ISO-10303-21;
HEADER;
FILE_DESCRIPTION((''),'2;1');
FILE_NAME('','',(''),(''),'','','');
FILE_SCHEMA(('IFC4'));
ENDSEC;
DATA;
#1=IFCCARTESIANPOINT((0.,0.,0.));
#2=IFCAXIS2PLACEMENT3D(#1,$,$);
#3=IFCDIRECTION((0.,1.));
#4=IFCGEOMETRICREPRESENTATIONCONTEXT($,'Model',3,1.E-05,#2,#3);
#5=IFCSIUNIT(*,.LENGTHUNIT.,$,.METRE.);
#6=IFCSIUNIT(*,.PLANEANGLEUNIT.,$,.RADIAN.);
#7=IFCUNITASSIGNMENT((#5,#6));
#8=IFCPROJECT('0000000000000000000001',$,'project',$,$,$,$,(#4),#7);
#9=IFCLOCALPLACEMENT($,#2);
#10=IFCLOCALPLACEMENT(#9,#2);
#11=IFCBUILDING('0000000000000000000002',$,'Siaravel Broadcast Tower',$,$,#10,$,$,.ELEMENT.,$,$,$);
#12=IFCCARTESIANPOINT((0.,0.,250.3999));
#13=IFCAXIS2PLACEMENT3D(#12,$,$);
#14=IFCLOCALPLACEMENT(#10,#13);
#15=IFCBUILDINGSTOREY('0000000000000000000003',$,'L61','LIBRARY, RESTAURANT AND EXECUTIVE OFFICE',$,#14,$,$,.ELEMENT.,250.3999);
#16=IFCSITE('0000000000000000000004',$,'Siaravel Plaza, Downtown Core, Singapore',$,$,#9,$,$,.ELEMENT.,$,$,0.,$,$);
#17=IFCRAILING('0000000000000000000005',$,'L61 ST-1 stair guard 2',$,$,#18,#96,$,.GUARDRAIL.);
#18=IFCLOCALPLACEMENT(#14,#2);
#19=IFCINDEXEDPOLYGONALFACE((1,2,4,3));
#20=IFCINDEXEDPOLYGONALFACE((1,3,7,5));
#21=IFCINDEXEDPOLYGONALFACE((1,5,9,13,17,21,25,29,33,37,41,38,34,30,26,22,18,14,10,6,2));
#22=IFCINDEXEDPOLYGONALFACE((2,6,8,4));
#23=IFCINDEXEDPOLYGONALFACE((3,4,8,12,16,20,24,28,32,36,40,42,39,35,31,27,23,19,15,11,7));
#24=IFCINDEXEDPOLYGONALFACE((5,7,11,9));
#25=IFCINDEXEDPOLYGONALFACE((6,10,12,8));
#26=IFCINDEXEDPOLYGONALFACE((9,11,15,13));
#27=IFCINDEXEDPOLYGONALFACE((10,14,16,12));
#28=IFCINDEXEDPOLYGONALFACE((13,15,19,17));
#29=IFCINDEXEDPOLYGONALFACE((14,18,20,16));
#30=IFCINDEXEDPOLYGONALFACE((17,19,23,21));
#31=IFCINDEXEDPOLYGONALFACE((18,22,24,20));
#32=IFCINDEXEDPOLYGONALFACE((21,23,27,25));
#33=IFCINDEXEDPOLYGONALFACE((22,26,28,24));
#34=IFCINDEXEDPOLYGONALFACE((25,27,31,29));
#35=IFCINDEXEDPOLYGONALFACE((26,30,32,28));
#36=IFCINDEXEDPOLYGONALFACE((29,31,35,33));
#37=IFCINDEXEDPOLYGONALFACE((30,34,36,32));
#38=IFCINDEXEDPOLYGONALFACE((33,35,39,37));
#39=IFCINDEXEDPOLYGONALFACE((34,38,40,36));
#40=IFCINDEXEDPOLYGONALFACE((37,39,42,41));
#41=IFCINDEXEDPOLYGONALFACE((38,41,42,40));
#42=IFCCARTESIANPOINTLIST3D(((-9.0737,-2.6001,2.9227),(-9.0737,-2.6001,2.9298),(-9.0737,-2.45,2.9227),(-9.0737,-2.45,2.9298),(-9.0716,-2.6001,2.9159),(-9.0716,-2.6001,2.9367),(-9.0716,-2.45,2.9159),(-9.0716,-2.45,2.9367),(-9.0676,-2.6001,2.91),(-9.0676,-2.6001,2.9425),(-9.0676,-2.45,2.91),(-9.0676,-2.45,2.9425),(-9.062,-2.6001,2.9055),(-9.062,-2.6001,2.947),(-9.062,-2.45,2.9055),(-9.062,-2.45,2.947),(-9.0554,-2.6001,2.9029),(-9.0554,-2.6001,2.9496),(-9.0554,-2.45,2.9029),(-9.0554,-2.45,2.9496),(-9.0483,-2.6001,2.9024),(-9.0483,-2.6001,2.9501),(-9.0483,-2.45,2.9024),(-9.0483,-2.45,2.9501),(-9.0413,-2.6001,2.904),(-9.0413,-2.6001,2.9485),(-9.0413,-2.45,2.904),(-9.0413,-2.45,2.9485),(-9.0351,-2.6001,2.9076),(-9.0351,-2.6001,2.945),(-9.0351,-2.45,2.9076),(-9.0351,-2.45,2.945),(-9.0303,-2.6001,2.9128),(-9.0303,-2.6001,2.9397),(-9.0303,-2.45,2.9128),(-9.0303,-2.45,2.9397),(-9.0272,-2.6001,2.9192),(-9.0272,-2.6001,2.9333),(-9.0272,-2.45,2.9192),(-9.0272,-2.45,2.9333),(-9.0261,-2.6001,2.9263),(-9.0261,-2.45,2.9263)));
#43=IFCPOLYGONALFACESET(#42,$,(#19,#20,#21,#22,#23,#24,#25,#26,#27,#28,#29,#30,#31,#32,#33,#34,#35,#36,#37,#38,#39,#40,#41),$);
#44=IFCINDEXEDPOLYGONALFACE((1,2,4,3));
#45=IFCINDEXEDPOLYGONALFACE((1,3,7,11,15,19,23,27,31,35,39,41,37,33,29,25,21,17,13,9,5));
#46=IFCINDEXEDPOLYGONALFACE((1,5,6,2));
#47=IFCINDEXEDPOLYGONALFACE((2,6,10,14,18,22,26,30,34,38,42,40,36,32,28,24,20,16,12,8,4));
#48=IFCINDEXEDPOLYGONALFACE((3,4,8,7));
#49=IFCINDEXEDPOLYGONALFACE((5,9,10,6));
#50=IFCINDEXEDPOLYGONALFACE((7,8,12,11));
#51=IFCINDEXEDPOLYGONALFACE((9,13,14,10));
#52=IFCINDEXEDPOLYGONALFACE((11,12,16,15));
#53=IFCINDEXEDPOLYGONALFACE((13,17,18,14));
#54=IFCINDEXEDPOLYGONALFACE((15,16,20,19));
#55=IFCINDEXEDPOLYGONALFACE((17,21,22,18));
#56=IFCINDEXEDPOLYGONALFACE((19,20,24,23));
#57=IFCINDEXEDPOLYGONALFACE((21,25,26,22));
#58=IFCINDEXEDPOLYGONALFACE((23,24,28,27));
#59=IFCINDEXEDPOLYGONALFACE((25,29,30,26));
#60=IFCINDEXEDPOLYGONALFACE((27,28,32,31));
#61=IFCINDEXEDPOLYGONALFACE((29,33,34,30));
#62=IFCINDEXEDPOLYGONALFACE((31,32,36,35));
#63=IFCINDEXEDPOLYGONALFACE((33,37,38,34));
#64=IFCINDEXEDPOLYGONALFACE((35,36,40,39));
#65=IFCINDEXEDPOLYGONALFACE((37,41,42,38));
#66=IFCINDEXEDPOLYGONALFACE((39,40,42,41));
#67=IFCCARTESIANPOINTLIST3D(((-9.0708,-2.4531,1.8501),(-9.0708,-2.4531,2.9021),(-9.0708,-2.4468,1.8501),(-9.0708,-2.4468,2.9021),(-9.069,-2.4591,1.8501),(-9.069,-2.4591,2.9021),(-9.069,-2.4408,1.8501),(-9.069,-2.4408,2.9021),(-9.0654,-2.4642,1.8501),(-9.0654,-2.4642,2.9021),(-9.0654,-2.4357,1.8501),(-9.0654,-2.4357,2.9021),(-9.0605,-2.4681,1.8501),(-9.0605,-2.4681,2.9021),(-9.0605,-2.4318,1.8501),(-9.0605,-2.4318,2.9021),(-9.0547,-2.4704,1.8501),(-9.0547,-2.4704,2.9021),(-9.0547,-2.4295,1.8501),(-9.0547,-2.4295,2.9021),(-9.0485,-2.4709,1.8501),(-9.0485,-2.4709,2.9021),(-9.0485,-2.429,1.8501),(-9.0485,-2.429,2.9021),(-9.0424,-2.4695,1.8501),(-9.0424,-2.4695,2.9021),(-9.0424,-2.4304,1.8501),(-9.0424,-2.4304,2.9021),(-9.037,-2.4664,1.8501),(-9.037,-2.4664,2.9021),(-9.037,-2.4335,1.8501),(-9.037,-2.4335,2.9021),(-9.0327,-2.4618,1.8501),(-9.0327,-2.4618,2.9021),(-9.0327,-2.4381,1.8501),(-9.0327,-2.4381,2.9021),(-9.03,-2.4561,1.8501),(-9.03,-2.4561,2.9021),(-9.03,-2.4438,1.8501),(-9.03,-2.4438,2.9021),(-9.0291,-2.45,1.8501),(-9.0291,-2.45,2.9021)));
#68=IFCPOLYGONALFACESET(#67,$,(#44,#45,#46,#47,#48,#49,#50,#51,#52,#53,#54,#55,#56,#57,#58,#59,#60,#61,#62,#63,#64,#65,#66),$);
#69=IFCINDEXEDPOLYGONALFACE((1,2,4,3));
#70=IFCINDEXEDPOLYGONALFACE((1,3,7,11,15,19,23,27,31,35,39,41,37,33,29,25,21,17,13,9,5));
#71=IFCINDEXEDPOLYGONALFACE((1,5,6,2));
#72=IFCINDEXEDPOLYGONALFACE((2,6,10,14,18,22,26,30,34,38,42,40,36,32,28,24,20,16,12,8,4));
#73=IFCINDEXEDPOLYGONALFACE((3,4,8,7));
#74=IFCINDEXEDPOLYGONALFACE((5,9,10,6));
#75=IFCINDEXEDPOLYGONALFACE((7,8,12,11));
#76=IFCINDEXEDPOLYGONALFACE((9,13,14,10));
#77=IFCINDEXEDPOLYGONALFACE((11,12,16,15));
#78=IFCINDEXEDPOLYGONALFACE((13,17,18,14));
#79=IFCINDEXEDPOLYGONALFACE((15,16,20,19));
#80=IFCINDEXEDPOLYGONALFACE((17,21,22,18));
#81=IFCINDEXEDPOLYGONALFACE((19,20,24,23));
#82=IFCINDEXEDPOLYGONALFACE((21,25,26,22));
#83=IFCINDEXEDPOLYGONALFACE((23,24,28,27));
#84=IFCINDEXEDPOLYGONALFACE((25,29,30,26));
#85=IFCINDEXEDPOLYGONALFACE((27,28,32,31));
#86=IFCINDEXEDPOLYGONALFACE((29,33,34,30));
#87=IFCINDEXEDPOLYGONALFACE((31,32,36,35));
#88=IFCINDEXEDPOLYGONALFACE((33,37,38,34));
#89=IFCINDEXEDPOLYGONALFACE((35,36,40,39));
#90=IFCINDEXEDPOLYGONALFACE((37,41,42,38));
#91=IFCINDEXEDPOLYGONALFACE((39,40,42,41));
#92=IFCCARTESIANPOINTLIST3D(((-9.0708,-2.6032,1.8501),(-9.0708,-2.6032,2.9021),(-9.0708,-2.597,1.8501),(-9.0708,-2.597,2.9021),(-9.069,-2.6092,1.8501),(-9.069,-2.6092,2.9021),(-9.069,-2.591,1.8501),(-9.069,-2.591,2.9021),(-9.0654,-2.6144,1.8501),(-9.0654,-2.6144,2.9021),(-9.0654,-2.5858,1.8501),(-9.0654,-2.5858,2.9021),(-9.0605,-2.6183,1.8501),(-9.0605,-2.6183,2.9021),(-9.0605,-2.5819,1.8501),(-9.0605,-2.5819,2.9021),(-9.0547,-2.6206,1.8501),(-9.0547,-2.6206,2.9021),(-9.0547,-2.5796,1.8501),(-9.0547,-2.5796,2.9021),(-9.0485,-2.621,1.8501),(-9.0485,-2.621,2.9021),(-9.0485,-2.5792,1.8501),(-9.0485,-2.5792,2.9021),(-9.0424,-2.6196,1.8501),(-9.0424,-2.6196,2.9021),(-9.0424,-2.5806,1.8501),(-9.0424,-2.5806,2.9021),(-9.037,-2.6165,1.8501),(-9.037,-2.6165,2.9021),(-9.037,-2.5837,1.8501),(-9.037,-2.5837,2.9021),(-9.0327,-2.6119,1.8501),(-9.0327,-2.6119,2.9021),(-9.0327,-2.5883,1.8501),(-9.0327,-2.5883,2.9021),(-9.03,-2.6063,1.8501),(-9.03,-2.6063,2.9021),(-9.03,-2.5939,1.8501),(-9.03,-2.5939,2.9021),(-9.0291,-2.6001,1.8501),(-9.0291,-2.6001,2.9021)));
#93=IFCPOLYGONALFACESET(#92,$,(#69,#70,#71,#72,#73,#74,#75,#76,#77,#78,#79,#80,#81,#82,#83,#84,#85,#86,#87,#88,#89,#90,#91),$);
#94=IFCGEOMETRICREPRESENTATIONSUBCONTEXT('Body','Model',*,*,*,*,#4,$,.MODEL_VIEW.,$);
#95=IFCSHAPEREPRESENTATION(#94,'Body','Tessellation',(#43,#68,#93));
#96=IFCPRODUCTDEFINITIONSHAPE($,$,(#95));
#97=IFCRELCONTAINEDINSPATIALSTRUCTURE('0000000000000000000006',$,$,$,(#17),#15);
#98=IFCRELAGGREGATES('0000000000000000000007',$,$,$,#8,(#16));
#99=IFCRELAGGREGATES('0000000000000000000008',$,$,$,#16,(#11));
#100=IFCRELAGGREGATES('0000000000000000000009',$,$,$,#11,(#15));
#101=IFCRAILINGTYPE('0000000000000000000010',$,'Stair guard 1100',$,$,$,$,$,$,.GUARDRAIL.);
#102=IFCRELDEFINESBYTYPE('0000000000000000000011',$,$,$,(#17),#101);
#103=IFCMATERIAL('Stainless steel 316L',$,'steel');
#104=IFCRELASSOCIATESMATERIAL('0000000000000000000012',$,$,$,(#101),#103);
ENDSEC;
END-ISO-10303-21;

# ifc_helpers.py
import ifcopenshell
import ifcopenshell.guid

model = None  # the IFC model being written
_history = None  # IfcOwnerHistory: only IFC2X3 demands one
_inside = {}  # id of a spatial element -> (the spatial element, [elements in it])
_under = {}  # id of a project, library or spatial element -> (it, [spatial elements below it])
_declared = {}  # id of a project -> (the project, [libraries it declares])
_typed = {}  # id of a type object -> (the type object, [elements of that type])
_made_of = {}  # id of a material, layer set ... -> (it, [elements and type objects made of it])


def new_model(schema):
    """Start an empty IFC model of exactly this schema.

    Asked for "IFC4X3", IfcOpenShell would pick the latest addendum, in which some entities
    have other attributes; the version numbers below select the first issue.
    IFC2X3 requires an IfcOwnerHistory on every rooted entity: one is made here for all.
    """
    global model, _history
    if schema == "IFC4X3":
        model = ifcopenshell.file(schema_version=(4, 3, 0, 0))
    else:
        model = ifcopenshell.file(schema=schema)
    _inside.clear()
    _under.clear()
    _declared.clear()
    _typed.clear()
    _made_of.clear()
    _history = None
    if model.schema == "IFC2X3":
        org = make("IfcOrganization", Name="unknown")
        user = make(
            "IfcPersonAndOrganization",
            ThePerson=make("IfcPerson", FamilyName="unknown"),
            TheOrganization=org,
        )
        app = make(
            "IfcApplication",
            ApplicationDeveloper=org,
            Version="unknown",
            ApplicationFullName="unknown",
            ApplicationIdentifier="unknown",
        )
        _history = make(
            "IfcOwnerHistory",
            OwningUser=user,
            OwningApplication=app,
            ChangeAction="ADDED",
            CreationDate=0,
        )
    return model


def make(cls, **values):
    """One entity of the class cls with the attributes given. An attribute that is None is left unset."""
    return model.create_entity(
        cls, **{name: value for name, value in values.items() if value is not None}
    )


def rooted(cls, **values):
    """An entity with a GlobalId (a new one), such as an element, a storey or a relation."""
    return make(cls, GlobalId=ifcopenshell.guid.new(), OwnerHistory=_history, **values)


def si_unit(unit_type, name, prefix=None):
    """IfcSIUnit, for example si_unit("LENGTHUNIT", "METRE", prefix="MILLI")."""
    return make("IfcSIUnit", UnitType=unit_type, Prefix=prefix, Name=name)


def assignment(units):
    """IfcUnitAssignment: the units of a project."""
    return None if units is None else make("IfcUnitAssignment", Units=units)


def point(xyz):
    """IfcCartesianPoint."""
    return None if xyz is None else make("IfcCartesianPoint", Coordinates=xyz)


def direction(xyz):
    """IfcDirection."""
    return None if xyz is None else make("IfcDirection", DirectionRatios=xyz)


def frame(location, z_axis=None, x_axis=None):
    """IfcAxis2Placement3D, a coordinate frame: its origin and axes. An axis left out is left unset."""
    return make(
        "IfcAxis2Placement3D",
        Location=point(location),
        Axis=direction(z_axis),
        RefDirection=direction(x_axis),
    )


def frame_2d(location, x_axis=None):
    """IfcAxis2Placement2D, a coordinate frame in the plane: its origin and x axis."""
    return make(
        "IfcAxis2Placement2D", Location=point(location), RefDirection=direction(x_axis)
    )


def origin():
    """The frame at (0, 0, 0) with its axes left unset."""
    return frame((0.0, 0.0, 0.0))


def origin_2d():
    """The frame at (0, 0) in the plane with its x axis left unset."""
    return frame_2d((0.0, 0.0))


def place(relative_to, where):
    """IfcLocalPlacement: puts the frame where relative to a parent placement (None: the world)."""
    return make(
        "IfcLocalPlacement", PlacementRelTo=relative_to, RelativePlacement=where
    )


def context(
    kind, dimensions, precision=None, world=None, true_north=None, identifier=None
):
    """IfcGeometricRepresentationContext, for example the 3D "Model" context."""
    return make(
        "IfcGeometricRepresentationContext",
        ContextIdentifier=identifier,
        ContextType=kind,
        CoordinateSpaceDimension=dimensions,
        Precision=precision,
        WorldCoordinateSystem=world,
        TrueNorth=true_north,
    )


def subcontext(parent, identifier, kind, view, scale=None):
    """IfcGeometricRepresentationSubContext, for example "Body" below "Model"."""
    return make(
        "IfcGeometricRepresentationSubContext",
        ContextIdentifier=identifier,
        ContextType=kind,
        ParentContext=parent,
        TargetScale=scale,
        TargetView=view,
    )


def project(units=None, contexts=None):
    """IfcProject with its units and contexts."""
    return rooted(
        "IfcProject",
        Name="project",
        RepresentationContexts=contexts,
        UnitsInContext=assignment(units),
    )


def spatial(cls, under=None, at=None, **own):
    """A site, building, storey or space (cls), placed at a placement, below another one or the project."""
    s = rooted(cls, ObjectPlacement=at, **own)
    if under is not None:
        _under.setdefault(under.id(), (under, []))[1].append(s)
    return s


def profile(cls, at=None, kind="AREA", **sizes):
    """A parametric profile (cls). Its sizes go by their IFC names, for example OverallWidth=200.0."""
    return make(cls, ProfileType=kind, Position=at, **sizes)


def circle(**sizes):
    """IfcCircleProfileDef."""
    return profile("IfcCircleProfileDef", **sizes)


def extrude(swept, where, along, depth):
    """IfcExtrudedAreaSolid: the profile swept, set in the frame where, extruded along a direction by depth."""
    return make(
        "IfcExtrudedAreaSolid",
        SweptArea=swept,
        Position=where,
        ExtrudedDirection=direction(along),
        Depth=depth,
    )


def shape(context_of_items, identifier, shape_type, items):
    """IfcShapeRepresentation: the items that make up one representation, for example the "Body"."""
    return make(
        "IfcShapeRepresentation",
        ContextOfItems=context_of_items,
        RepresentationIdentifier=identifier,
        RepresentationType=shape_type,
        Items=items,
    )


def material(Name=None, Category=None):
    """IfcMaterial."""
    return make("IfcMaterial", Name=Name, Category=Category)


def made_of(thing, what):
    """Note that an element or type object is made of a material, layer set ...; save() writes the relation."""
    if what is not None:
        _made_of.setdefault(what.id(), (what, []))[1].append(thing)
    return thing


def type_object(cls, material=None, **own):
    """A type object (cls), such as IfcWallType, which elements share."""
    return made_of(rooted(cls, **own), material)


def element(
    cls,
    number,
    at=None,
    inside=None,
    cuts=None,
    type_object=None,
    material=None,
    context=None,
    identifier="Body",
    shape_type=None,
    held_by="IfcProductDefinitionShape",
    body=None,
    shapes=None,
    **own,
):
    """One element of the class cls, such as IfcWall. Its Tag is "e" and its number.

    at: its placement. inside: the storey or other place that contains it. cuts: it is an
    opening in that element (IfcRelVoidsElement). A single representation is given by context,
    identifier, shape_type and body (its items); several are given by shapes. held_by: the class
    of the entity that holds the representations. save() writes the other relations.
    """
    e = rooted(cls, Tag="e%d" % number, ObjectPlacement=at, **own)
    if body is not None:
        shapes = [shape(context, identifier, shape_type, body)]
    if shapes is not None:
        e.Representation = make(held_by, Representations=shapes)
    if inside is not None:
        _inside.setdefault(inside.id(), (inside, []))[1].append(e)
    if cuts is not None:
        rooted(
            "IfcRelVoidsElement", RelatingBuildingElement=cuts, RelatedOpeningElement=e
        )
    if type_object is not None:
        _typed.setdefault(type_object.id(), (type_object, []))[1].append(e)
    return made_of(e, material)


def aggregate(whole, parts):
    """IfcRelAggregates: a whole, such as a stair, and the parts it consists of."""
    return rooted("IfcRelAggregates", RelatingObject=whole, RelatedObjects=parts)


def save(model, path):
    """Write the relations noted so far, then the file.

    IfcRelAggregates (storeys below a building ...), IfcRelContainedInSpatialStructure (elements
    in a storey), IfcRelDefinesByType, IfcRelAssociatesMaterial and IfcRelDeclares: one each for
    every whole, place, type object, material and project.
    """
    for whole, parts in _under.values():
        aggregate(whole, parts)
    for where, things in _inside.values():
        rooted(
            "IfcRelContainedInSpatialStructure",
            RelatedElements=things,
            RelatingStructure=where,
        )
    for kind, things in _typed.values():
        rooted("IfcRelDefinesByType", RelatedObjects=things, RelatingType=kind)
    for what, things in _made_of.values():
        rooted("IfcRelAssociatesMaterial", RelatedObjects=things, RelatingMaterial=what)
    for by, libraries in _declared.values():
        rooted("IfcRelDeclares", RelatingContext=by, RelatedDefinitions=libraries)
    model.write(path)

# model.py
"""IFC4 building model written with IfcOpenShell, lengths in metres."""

from ifc_helpers import new_model, si_unit, direction, frame, origin, origin_2d, place, context, subcontext, project, spatial, circle, extrude, material, type_object, element, save


model = new_model("IFC4")

# Units and contexts
model_context = context("Model", 3, precision=1e-05, world=origin(), true_north=direction((0.0, 1.0)))
body_context = subcontext(model_context, "Body", "Model", "MODEL_VIEW")
ifc_project = project(units=[si_unit("LENGTHUNIT", "METRE"), si_unit("PLANEANGLEUNIT", "RADIAN")], contexts=[model_context])

# Site, building, storey
site_placement = place(None, origin())
site = spatial("IfcSite", under=ifc_project, at=site_placement, Name="Siaravel Plaza, Downtown Core, Singapore", CompositionType="ELEMENT", RefElevation=0.0)
building_placement = place(site_placement, origin())
building = spatial("IfcBuilding", under=site, at=building_placement, Name="Siaravel Broadcast Tower", CompositionType="ELEMENT")
storey_placement = place(building_placement, frame((0.0, 0.0, 250.3999)))
storey = spatial("IfcBuildingStorey", under=building, at=storey_placement, Name="L61", Description="LIBRARY, RESTAURANT AND EXECUTIVE OFFICE", CompositionType="ELEMENT", Elevation=250.3999)

# Shared definitions
ifc_material_1 = material(Name="Stainless steel 316L", Category="steel")

# Railing
railing_type_1 = type_object("IfcRailingType", Name="Stair guard 1100", PredefinedType="GUARDRAIL", material=ifc_material_1)
railing_1_placement = place(storey_placement, frame((-9.05, -2.45, 1.8501)))
element("IfcRailing", 1, at=railing_1_placement, inside=storey, type_object=railing_type_1, Name="L61 ST-1 stair guard 2", PredefinedType="GUARDRAIL", context=body_context, shape_type="SweptSolid", body=[
    extrude(circle(Radius=0.0239, at=origin_2d()), frame((0.0, 0.0, 1.0762), z_axis=(0.0, -1.0, 0.0), x_axis=(1.0, 0.0, 0.0)), (0.0, 0.0, 1.0), 0.1501),
    extrude(circle(Radius=0.021, at=origin_2d()), origin(), (0.0, 0.0, 1.0), 1.052),
    extrude(circle(Radius=0.021, at=origin_2d()), frame((0.0, -0.1501, 0.0)), (0.0, 0.0, 1.0), 1.052),
])

save(model, "model.ifc")
